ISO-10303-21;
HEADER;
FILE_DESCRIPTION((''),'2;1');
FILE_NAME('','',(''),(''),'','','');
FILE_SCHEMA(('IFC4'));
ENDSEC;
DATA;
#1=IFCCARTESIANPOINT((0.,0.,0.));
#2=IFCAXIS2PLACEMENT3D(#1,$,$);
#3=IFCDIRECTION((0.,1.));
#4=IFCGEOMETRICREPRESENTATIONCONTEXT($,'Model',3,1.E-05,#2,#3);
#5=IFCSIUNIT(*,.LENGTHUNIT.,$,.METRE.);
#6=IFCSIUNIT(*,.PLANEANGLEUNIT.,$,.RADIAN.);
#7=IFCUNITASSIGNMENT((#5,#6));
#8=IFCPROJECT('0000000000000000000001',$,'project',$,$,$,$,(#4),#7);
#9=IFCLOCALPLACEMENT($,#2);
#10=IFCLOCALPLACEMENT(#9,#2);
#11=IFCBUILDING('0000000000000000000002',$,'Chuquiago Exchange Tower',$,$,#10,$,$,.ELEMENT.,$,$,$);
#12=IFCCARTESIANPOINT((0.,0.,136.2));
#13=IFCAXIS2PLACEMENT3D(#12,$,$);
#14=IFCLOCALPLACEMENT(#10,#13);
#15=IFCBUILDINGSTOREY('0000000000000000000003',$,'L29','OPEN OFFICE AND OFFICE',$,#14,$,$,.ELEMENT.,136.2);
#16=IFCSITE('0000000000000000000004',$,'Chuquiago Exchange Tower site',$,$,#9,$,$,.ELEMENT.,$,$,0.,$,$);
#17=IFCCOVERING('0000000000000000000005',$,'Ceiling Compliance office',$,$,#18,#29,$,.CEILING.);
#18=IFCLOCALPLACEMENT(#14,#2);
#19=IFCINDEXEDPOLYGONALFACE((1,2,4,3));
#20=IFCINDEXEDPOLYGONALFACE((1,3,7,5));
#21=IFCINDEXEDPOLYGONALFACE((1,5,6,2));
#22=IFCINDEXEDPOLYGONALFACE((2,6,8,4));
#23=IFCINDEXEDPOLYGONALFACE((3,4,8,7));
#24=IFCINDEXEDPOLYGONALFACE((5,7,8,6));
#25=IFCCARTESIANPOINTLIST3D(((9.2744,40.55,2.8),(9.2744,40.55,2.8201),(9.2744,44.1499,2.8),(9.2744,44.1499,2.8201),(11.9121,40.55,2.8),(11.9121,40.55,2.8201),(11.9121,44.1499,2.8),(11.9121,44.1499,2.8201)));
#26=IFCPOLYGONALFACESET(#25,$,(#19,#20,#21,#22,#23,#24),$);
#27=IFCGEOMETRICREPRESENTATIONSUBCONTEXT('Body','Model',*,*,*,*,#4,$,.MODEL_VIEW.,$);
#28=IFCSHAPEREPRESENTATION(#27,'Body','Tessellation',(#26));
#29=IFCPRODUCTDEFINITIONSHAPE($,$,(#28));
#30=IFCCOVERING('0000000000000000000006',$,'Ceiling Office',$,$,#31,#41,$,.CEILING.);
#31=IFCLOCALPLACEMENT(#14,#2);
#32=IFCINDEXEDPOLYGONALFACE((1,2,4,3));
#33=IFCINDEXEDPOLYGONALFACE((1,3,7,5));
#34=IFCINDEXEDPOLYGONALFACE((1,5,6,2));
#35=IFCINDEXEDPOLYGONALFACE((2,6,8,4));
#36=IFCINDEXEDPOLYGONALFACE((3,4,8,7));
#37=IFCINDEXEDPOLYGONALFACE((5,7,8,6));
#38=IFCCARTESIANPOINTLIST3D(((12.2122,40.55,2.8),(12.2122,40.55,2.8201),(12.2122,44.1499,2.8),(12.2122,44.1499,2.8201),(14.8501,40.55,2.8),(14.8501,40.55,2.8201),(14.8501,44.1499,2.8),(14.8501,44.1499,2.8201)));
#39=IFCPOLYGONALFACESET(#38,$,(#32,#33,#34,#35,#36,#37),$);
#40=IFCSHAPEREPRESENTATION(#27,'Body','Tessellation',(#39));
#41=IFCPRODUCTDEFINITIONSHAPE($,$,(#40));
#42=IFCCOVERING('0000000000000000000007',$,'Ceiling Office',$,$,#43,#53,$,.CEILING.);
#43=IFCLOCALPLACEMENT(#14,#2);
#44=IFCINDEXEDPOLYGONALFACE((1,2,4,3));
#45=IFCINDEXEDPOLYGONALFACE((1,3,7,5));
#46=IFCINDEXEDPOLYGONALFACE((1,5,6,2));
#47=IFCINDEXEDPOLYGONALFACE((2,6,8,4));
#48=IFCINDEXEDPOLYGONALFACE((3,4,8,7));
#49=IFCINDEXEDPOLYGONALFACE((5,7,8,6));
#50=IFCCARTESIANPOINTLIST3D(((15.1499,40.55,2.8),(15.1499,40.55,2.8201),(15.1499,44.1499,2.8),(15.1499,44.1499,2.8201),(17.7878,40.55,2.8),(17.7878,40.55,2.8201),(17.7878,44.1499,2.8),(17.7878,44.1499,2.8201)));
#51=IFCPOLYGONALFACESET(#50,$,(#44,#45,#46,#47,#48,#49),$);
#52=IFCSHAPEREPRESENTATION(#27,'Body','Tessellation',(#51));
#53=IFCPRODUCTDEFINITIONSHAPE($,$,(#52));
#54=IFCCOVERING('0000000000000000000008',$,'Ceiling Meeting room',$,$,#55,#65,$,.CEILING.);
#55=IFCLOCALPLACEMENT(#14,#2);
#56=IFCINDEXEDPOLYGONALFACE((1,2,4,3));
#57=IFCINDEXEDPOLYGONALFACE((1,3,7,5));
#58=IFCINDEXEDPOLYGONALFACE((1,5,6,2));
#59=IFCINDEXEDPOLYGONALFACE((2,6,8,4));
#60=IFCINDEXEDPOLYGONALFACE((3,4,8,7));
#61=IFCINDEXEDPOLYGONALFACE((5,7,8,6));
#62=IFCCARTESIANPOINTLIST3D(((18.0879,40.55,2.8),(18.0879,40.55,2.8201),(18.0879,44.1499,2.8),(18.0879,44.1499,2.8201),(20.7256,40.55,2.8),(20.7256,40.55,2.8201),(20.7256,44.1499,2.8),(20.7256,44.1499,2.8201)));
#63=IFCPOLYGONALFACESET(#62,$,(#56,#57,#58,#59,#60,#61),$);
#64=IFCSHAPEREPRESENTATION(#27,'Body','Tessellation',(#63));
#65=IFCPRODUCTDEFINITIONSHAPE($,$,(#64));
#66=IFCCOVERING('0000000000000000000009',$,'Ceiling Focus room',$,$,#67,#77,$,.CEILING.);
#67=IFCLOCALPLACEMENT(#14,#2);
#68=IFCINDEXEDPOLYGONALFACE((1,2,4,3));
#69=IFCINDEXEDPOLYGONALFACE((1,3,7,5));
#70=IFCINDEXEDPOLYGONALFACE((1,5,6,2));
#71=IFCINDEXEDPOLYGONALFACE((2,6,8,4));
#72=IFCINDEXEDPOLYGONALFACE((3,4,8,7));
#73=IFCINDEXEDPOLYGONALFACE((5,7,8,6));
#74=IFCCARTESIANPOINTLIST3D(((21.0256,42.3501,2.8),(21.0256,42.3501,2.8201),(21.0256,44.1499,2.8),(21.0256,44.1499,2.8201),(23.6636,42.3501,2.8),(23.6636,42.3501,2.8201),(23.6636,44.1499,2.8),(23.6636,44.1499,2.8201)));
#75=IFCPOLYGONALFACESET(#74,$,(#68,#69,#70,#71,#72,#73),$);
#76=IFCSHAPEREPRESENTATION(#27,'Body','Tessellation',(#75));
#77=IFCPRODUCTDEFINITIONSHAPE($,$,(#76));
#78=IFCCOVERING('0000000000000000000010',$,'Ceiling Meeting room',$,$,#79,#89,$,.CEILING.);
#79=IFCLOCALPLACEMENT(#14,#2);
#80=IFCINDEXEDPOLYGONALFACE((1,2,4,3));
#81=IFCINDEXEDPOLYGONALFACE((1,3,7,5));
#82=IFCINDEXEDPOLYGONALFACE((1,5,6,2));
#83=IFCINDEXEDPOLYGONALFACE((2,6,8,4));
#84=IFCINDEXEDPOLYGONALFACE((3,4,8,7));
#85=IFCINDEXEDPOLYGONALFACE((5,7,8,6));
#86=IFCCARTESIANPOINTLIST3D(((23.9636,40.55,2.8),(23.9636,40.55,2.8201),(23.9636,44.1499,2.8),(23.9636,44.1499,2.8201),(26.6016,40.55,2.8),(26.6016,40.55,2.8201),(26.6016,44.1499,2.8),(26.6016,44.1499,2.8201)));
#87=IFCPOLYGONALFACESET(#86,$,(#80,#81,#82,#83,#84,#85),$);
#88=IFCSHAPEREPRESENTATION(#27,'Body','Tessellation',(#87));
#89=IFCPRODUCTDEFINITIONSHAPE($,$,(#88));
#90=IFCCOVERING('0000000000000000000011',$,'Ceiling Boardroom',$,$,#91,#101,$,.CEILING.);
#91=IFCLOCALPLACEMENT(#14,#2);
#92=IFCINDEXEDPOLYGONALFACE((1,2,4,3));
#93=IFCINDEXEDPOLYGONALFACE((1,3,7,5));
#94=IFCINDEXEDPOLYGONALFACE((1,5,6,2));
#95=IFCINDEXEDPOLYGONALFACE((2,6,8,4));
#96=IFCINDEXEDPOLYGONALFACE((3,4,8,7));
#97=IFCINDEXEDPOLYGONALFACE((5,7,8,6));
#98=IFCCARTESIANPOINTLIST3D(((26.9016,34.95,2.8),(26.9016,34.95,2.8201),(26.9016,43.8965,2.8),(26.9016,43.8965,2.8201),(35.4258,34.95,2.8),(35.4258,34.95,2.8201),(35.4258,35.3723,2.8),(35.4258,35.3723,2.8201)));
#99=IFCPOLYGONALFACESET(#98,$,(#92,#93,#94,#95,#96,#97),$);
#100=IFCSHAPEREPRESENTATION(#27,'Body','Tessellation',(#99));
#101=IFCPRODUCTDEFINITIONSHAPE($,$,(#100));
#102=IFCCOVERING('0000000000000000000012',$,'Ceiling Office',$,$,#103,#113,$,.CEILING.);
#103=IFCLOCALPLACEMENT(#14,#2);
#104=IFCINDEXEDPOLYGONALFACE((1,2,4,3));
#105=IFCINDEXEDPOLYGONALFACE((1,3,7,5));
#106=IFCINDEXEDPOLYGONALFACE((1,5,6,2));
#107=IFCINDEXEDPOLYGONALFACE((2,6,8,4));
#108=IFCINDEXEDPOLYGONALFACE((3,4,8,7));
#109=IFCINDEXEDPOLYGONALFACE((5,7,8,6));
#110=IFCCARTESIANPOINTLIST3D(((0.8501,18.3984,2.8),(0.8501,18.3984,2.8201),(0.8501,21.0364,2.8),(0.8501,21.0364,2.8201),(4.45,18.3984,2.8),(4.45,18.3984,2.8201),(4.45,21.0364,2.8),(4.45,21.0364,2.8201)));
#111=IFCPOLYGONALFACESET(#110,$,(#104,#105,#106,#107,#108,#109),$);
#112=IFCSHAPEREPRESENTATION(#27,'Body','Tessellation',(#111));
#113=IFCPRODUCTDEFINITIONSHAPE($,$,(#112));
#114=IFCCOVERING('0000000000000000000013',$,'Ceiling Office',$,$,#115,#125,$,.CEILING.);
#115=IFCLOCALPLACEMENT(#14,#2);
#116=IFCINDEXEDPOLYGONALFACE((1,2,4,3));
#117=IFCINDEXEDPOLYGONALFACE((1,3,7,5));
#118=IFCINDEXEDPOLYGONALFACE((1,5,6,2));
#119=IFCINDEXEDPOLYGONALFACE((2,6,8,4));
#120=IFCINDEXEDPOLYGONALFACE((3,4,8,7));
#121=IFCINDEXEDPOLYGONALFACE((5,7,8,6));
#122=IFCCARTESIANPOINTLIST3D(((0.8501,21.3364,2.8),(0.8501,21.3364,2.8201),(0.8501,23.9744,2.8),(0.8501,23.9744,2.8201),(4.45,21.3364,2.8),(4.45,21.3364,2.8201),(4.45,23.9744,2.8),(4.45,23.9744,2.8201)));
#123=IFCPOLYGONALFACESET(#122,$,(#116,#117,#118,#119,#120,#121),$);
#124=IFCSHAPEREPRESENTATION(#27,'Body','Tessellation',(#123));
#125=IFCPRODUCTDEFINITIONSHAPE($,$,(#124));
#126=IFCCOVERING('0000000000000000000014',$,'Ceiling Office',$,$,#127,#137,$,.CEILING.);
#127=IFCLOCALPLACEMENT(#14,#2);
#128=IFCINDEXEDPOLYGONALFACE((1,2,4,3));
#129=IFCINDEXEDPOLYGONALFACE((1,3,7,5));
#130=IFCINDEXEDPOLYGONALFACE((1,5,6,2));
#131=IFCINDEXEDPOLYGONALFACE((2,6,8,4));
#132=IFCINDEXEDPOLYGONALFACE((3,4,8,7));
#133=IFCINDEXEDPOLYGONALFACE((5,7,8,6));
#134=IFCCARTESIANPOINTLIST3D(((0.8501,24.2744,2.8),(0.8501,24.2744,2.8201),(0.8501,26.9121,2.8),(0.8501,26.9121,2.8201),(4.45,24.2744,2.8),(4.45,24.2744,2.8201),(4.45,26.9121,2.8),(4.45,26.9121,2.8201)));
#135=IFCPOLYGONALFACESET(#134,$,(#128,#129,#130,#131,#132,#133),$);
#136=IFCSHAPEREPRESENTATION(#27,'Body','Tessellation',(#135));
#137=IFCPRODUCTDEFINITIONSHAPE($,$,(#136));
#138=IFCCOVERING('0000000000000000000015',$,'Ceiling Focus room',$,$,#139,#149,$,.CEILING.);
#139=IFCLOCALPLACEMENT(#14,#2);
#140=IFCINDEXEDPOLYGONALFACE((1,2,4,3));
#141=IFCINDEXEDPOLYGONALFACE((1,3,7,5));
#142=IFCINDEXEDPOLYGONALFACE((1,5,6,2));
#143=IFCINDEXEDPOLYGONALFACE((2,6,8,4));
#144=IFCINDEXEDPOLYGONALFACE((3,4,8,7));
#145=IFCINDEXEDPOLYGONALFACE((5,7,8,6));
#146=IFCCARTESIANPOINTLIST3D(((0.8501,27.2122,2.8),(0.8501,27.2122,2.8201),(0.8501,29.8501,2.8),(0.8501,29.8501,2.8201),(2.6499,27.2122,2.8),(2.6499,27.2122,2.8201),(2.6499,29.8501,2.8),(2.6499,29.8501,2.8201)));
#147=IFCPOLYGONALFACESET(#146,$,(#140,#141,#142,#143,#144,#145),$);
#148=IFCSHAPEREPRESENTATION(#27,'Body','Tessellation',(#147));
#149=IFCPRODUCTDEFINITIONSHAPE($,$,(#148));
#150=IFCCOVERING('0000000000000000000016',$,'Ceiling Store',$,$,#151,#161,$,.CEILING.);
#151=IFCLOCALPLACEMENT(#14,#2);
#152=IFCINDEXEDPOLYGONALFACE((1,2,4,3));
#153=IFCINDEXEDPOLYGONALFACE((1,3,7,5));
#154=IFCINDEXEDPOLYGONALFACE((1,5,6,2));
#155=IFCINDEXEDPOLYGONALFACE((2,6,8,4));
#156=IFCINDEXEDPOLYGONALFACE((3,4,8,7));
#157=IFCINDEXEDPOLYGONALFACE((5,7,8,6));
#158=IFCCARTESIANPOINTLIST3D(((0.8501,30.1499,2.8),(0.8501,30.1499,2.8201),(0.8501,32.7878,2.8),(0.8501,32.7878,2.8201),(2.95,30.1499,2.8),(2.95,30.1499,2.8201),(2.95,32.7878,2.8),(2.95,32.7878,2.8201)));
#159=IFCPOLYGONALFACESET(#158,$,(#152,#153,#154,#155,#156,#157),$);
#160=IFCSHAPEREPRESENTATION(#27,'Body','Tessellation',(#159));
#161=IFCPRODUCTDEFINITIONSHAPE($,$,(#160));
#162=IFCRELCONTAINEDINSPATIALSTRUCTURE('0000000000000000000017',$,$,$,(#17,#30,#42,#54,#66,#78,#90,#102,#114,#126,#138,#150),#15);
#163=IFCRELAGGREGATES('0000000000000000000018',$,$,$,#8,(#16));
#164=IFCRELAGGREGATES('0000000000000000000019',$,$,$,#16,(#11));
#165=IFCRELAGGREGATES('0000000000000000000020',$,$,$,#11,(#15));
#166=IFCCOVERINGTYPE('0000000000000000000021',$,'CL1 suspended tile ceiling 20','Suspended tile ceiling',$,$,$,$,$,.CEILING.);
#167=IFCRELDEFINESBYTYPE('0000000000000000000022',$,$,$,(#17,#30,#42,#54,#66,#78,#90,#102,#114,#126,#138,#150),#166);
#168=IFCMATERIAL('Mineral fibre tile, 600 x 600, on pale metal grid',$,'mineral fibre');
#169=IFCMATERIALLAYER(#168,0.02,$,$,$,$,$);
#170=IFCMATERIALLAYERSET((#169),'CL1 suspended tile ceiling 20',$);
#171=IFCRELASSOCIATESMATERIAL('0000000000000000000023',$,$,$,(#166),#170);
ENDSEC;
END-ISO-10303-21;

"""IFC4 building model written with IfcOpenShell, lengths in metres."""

from ifc_helpers import new_model, si_unit, direction, frame, origin, place, context, subcontext, project, spatial, polyline, outline, extrude, material, layer, layer_set, type_object, element, save


model = new_model("IFC4")

# Units and contexts
model_context = context("Model", 3, precision=1e-05, world=origin(), true_north=direction((0.0, 1.0)))
body_context = subcontext(model_context, "Body", "Model", "MODEL_VIEW")
ifc_project = project(units=[si_unit("LENGTHUNIT", "METRE"), si_unit("PLANEANGLEUNIT", "RADIAN")], contexts=[model_context])

# Site, building, storey
site_placement = place(None, origin())
site = spatial("IfcSite", under=ifc_project, at=site_placement, Name="Chuquiago Exchange Tower site", CompositionType="ELEMENT", RefElevation=0.0)
building_placement = place(site_placement, origin())
building = spatial("IfcBuilding", under=site, at=building_placement, Name="Chuquiago Exchange Tower", CompositionType="ELEMENT")
storey_placement = place(building_placement, frame((0.0, 0.0, 136.2)))
storey = spatial("IfcBuildingStorey", under=building, at=storey_placement, Name="L29", Description="OPEN OFFICE AND OFFICE", CompositionType="ELEMENT", Elevation=136.2)

# Coverings
ifc_material_1 = material(Name="Mineral fibre tile, 600 x 600, on pale metal grid", Category="mineral fibre")
ifc_layer_1 = layer(ifc_material_1, 0.02)
ifc_layer_set_1 = layer_set([ifc_layer_1], Name="CL1 suspended tile ceiling 20")
covering_type_1 = type_object("IfcCoveringType", Name="CL1 suspended tile ceiling 20", Description="Suspended tile ceiling", PredefinedType="CEILING", material=ifc_layer_set_1)
covering_1_placement = place(storey_placement, frame((0.0, 0.0, 2.8)))
element("IfcCovering", 1, at=covering_1_placement, inside=storey, type_object=covering_type_1, Name="Ceiling Compliance office", PredefinedType="CEILING", context=body_context, shape_type="SweptSolid", body=[
    extrude(outline(polyline([(11.9121, 40.55), (9.2744, 40.55), (9.2744, 44.1499), (11.9121, 44.1499), (11.9121, 40.55)])), origin(), (0.0, 0.0, 1.0), 0.02),
])
covering_2_placement = place(storey_placement, frame((0.0, 0.0, 2.8)))
element("IfcCovering", 2, at=covering_2_placement, inside=storey, type_object=covering_type_1, Name="Ceiling Office", PredefinedType="CEILING", context=body_context, shape_type="SweptSolid", body=[
    extrude(outline(polyline([(14.8501, 40.55), (12.2122, 40.55), (12.2122, 44.1499), (14.8501, 44.1499), (14.8501, 40.55)])), origin(), (0.0, 0.0, 1.0), 0.02),
])
covering_3_placement = place(storey_placement, frame((0.0, 0.0, 2.8)))
element("IfcCovering", 3, at=covering_3_placement, inside=storey, type_object=covering_type_1, Name="Ceiling Office", PredefinedType="CEILING", context=body_context, shape_type="SweptSolid", body=[
    extrude(outline(polyline([(17.7878, 40.55), (15.1499, 40.55), (15.1499, 44.1499), (17.7878, 44.1499), (17.7878, 40.55)])), origin(), (0.0, 0.0, 1.0), 0.02),
])
covering_4_placement = place(storey_placement, frame((0.0, 0.0, 2.8)))
element("IfcCovering", 4, at=covering_4_placement, inside=storey, type_object=covering_type_1, Name="Ceiling Meeting room", PredefinedType="CEILING", context=body_context, shape_type="SweptSolid", body=[
    extrude(outline(polyline([(20.7256, 40.55), (18.0879, 40.55), (18.0879, 44.1499), (20.7256, 44.1499), (20.7256, 40.55)])), origin(), (0.0, 0.0, 1.0), 0.02),
])
covering_5_placement = place(storey_placement, frame((0.0, 0.0, 2.8)))
element("IfcCovering", 5, at=covering_5_placement, inside=storey, type_object=covering_type_1, Name="Ceiling Focus room", PredefinedType="CEILING", context=body_context, shape_type="SweptSolid", body=[
    extrude(outline(polyline([(23.6636, 42.3501), (21.0256, 42.3501), (21.0256, 44.1499), (23.6636, 44.1499), (23.6636, 42.3501)])), origin(), (0.0, 0.0, 1.0), 0.02),
])
covering_6_placement = place(storey_placement, frame((0.0, 0.0, 2.8)))
element("IfcCovering", 6, at=covering_6_placement, inside=storey, type_object=covering_type_1, Name="Ceiling Meeting room", PredefinedType="CEILING", context=body_context, shape_type="SweptSolid", body=[
    extrude(outline(polyline([(26.6016, 40.55), (23.9636, 40.55), (23.9636, 44.1499), (26.6016, 44.1499), (26.6016, 40.55)])), origin(), (0.0, 0.0, 1.0), 0.02),
])
covering_7_placement = place(storey_placement, frame((0.0, 0.0, 2.8)))
element("IfcCovering", 7, at=covering_7_placement, inside=storey, type_object=covering_type_1, Name="Ceiling Boardroom", PredefinedType="CEILING", context=body_context, shape_type="SweptSolid", body=[
    extrude(outline(polyline([(35.4258, 34.95), (26.9016, 34.95), (26.9016, 43.8965), (35.4258, 35.3723), (35.4258, 34.95)])), origin(), (0.0, 0.0, 1.0), 0.02),
])
covering_8_placement = place(storey_placement, frame((0.0, 0.0, 2.8)))
element("IfcCovering", 8, at=covering_8_placement, inside=storey, type_object=covering_type_1, Name="Ceiling Office", PredefinedType="CEILING", context=body_context, shape_type="SweptSolid", body=[
    extrude(outline(polyline([(0.8501, 21.0364), (4.45, 21.0364), (4.45, 18.3984), (0.8501, 18.3984), (0.8501, 21.0364)])), origin(), (0.0, 0.0, 1.0), 0.02),
])
covering_9_placement = place(storey_placement, frame((0.0, 0.0, 2.8)))
element("IfcCovering", 9, at=covering_9_placement, inside=storey, type_object=covering_type_1, Name="Ceiling Office", PredefinedType="CEILING", context=body_context, shape_type="SweptSolid", body=[
    extrude(outline(polyline([(4.45, 23.9744), (4.45, 21.3364), (0.8501, 21.3364), (0.8501, 23.9744), (4.45, 23.9744)])), origin(), (0.0, 0.0, 1.0), 0.02),
])
covering_10_placement = place(storey_placement, frame((0.0, 0.0, 2.8)))
element("IfcCovering", 10, at=covering_10_placement, inside=storey, type_object=covering_type_1, Name="Ceiling Office", PredefinedType="CEILING", context=body_context, shape_type="SweptSolid", body=[
    extrude(outline(polyline([(4.45, 26.9121), (4.45, 24.2744), (0.8501, 24.2744), (0.8501, 26.9121), (4.45, 26.9121)])), origin(), (0.0, 0.0, 1.0), 0.02),
])
covering_11_placement = place(storey_placement, frame((0.0, 0.0, 2.8)))
element("IfcCovering", 11, at=covering_11_placement, inside=storey, type_object=covering_type_1, Name="Ceiling Focus room", PredefinedType="CEILING", context=body_context, shape_type="SweptSolid", body=[
    extrude(outline(polyline([(2.6499, 29.8501), (2.6499, 27.2122), (0.8501, 27.2122), (0.8501, 29.8501), (2.6499, 29.8501)])), origin(), (0.0, 0.0, 1.0), 0.02),
])
covering_12_placement = place(storey_placement, frame((0.0, 0.0, 2.8)))
element("IfcCovering", 12, at=covering_12_placement, inside=storey, type_object=covering_type_1, Name="Ceiling Store", PredefinedType="CEILING", context=body_context, shape_type="SweptSolid", body=[
    extrude(outline(polyline([(2.95, 32.7878), (2.95, 30.1499), (0.8501, 30.1499), (0.8501, 32.7878), (2.95, 32.7878)])), origin(), (0.0, 0.0, 1.0), 0.02),
])

save(model, "model.ifc")
